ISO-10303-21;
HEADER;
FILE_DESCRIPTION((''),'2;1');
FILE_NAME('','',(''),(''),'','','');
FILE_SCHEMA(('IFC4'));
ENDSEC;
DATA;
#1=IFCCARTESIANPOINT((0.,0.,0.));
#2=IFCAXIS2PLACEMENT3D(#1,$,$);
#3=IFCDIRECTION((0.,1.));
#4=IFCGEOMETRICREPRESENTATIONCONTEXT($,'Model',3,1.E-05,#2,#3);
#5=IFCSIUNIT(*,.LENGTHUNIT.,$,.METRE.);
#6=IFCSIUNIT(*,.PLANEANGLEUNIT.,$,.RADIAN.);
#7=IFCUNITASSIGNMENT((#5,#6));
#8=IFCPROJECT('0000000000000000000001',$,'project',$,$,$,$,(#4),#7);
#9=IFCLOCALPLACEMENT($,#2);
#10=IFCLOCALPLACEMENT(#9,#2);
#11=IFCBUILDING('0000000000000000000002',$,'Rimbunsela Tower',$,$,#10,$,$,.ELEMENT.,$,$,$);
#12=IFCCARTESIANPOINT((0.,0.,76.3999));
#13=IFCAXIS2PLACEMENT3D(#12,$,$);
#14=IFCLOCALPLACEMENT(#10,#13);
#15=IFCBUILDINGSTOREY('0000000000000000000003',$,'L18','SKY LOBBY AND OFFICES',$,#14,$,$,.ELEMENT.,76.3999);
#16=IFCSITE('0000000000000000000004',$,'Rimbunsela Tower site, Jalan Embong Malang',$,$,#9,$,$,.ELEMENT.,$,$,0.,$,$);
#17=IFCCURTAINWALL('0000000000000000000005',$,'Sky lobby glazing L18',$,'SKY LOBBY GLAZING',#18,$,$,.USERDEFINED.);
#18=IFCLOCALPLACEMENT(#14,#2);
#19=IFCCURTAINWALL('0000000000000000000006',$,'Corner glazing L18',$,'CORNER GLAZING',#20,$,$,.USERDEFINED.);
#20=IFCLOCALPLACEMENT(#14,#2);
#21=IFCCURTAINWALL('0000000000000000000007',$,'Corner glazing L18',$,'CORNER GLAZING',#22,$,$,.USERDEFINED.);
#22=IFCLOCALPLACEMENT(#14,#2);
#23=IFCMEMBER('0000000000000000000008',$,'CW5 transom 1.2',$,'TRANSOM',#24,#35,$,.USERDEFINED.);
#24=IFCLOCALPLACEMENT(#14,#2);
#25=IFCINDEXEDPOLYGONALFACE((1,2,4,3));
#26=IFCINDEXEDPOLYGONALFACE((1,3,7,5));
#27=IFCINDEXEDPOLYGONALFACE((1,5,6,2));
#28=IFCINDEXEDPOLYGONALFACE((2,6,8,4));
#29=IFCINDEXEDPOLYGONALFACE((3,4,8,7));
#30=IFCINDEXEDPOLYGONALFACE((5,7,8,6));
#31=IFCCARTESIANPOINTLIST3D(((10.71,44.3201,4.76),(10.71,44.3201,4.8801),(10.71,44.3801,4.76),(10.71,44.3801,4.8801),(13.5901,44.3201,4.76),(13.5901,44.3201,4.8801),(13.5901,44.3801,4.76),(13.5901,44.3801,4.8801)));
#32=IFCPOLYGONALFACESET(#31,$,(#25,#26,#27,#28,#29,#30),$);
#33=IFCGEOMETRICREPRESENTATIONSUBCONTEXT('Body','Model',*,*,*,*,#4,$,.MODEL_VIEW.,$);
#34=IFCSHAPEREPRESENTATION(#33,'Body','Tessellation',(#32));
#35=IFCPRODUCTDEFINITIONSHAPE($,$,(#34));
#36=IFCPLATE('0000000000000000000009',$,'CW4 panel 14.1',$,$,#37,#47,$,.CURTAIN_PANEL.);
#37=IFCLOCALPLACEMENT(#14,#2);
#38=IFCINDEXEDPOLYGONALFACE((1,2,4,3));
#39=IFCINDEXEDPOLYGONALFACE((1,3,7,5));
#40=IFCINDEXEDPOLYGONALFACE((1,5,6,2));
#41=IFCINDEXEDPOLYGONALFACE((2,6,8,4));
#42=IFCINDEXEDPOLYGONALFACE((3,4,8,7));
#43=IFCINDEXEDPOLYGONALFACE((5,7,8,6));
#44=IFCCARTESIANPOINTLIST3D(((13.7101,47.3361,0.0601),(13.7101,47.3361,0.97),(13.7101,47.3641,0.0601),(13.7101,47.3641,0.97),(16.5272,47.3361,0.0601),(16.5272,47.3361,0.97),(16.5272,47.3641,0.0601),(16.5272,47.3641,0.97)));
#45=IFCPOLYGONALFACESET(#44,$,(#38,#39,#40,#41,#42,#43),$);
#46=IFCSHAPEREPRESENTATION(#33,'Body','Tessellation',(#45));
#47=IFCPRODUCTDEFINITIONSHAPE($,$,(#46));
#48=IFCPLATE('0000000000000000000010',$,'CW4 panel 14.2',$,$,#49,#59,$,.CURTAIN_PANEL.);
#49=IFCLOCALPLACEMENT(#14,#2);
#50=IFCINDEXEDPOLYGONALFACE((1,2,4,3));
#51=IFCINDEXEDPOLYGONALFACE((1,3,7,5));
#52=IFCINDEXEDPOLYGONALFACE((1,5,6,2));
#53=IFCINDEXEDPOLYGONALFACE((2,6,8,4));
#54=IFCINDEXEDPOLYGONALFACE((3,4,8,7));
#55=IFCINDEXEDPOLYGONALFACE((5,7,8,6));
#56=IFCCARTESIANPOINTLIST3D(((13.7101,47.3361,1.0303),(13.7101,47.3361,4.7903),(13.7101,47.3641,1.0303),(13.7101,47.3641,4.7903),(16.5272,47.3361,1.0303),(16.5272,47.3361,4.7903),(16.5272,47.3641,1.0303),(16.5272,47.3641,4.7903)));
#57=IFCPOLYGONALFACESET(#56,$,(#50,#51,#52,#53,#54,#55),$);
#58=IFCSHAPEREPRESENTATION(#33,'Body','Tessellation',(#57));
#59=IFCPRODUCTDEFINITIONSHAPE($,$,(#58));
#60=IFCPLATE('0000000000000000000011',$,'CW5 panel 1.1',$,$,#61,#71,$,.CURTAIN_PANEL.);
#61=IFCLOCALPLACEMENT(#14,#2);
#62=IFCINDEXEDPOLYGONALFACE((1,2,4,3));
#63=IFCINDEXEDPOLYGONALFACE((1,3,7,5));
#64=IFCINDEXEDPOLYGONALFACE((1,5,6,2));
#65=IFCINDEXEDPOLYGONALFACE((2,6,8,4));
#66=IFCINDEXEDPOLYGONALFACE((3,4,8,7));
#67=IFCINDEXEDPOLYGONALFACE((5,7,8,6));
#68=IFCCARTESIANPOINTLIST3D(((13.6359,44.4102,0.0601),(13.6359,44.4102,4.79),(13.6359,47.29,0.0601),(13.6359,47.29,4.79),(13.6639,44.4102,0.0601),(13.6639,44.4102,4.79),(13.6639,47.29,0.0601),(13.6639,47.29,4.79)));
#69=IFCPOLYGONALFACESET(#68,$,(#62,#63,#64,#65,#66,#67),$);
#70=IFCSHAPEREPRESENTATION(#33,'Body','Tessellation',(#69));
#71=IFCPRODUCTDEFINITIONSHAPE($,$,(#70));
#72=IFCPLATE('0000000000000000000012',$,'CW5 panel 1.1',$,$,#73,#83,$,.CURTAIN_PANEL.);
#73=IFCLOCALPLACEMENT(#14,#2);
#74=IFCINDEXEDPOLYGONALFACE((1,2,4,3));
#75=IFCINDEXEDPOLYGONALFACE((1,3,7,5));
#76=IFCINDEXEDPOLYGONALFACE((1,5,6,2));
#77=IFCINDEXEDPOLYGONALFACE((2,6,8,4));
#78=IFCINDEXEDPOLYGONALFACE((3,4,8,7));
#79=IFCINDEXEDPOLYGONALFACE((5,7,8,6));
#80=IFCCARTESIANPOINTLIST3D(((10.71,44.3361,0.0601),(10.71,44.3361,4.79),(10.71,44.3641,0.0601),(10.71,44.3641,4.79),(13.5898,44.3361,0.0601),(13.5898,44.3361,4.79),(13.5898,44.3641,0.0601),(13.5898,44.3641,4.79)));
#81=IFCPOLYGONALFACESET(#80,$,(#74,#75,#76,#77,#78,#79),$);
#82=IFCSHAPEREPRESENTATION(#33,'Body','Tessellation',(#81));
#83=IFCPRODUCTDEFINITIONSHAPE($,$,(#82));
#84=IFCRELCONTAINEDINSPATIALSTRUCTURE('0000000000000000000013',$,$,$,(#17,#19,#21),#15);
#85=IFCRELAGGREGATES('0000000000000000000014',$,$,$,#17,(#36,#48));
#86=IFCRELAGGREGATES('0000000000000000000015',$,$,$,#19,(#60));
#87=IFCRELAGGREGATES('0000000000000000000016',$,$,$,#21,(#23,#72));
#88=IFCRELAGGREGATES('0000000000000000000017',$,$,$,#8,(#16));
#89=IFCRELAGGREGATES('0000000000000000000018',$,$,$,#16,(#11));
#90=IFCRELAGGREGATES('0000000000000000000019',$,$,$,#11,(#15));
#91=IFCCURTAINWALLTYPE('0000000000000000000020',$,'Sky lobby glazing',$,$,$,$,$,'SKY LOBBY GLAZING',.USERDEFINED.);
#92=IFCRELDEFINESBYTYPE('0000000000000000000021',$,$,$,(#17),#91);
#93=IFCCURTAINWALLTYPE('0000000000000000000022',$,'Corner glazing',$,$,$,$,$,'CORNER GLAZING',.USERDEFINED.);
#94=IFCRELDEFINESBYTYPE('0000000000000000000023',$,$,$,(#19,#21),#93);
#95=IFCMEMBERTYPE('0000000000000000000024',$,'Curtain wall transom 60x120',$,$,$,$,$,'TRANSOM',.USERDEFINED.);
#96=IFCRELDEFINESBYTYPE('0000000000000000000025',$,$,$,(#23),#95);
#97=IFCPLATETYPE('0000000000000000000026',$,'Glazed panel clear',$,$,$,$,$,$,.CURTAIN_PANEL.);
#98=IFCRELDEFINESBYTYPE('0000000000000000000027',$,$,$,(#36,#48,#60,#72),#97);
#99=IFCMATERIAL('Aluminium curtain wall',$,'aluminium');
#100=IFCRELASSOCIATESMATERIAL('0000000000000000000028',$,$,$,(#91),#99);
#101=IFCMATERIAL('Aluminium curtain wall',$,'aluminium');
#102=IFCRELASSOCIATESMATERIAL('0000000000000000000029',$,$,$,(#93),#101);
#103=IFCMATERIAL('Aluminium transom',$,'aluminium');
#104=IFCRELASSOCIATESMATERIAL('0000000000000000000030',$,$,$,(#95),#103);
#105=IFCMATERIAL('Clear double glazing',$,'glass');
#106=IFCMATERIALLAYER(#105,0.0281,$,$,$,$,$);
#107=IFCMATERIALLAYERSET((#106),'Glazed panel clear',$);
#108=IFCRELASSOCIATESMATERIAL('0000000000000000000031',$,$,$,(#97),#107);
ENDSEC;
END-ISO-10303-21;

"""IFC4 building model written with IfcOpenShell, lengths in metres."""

from ifc_helpers import new_model, si_unit, direction, frame, origin, origin_2d, place, context, subcontext, project, spatial, rectangle, extrude, material, layer, layer_set, material_profile, profile_set, type_object, element, aggregate, save


model = new_model("IFC4")

# Units and contexts
model_context = context("Model", 3, precision=1e-05, world=origin(), true_north=direction((0.0, 1.0)))
body_context = subcontext(model_context, "Body", "Model", "MODEL_VIEW")
ifc_project = project(units=[si_unit("LENGTHUNIT", "METRE"), si_unit("PLANEANGLEUNIT", "RADIAN")], contexts=[model_context])

# Site, building, storey
site_placement = place(None, origin())
site = spatial("IfcSite", under=ifc_project, at=site_placement, Name="Rimbunsela Tower site, Jalan Embong Malang", CompositionType="ELEMENT", RefElevation=0.0)
building_placement = place(site_placement, origin())
building = spatial("IfcBuilding", under=site, at=building_placement, Name="Rimbunsela Tower", CompositionType="ELEMENT")
storey_placement = place(building_placement, frame((0.0, 0.0, 76.3999)))
storey = spatial("IfcBuildingStorey", under=building, at=storey_placement, Name="L18", Description="SKY LOBBY AND OFFICES", CompositionType="ELEMENT", Elevation=76.3999)

# Curtain wall
ifc_material_1 = material(Name="Aluminium curtain wall", Category="aluminium")
curtain_wall_type_1 = type_object("IfcCurtainWallType", Name="Sky lobby glazing", ElementType="SKY LOBBY GLAZING", PredefinedType="USERDEFINED", material=ifc_material_1)
curtain_wall_1_placement = place(storey_placement, origin())
curtain_wall_1 = element("IfcCurtainWall", 1, at=curtain_wall_1_placement, inside=storey, type_object=curtain_wall_type_1, Name="Sky lobby glazing L18", ObjectType="SKY LOBBY GLAZING", PredefinedType="USERDEFINED")

# Curtain walls
ifc_material_2 = material(Name="Aluminium curtain wall", Category="aluminium")
curtain_wall_type_2 = type_object("IfcCurtainWallType", Name="Corner glazing", ElementType="CORNER GLAZING", PredefinedType="USERDEFINED", material=ifc_material_2)
curtain_wall_2_placement = place(storey_placement, origin())
curtain_wall_2 = element("IfcCurtainWall", 2, at=curtain_wall_2_placement, inside=storey, type_object=curtain_wall_type_2, Name="Corner glazing L18", ObjectType="CORNER GLAZING", PredefinedType="USERDEFINED")
curtain_wall_3_placement = place(storey_placement, origin())
curtain_wall_3 = element("IfcCurtainWall", 3, at=curtain_wall_3_placement, inside=storey, type_object=curtain_wall_type_2, Name="Corner glazing L18", ObjectType="CORNER GLAZING", PredefinedType="USERDEFINED")

# Member
ifc_material_3 = material(Name="Aluminium transom", Category="aluminium")
ifc_material_profile_1 = material_profile(ifc_material_3, rectangle(XDim=0.0601, YDim=0.1201, at=origin_2d()), Name="Transom 60x120")
ifc_profile_set_1 = profile_set([ifc_material_profile_1], Name="Aluminium transom")
member_type_1 = type_object("IfcMemberType", Name="Curtain wall transom 60x120", ElementType="TRANSOM", PredefinedType="USERDEFINED", material=ifc_profile_set_1)
member_1_placement = place(storey_placement, frame((13.5901, 44.3501, 4.8201), z_axis=(-1.0, 0.0, 0.0), x_axis=(0.0, -1.0, 0.0)))
member_1 = element("IfcMember", 4, at=member_1_placement, type_object=member_type_1, Name="CW5 transom 1.2", ObjectType="TRANSOM", PredefinedType="USERDEFINED", context=body_context, shape_type="SweptSolid", body=[
    extrude(rectangle(XDim=0.0601, YDim=0.1201, at=origin_2d()), origin(), (0.0, 0.0, 1.0), 2.8801),
])

# Plates
ifc_material_4 = material(Name="Clear double glazing", Category="glass")
ifc_layer = layer(ifc_material_4, 0.0281)
ifc_layer_set = layer_set([ifc_layer], Name="Glazed panel clear")
plate_type = type_object("IfcPlateType", Name="Glazed panel clear", PredefinedType="CURTAIN_PANEL", material=ifc_layer_set)
plate_1_placement = place(storey_placement, frame((15.1187, 47.3501, 0.0601), z_axis=(0.0, 0.0, 1.0), x_axis=(-1.0, 0.0, 0.0)))
plate_1 = element("IfcPlate", 5, at=plate_1_placement, type_object=plate_type, Name="CW4 panel 14.1", PredefinedType="CURTAIN_PANEL", context=body_context, shape_type="SweptSolid", body=[
    extrude(rectangle(XDim=2.8171, YDim=0.0281, at=origin_2d()), origin(), (0.0, 0.0, 1.0), 0.9099),
])
plate_2_placement = place(storey_placement, frame((15.1187, 47.3501, 1.0303), z_axis=(0.0, 0.0, 1.0), x_axis=(-1.0, 0.0, 0.0)))
plate_2 = element("IfcPlate", 6, at=plate_2_placement, type_object=plate_type, Name="CW4 panel 14.2", PredefinedType="CURTAIN_PANEL", context=body_context, shape_type="SweptSolid", body=[
    extrude(rectangle(XDim=2.8171, YDim=0.0281, at=origin_2d()), origin(), (0.0, 0.0, 1.0), 3.76),
])
aggregate(curtain_wall_1, [plate_1, plate_2])
plate_3_placement = place(storey_placement, frame((13.6499, 45.8501, 0.0601), z_axis=(0.0, 0.0, 1.0), x_axis=(0.0, -1.0, 0.0)))
plate_3 = element("IfcPlate", 7, at=plate_3_placement, type_object=plate_type, Name="CW5 panel 1.1", PredefinedType="CURTAIN_PANEL", context=body_context, shape_type="SweptSolid", body=[
    extrude(rectangle(XDim=2.8799, YDim=0.0281, at=origin_2d()), origin(), (0.0, 0.0, 1.0), 4.73),
])
aggregate(curtain_wall_2, [plate_3])
plate_4_placement = place(storey_placement, frame((12.1499, 44.3501, 0.0601), z_axis=(0.0, 0.0, 1.0), x_axis=(-1.0, 0.0, 0.0)))
plate_4 = element("IfcPlate", 8, at=plate_4_placement, type_object=plate_type, Name="CW5 panel 1.1", PredefinedType="CURTAIN_PANEL", context=body_context, shape_type="SweptSolid", body=[
    extrude(rectangle(XDim=2.8799, YDim=0.0281, at=origin_2d()), origin(), (0.0, 0.0, 1.0), 4.73),
])
aggregate(curtain_wall_3, [member_1, plate_4])

save(model, "model.ifc")
